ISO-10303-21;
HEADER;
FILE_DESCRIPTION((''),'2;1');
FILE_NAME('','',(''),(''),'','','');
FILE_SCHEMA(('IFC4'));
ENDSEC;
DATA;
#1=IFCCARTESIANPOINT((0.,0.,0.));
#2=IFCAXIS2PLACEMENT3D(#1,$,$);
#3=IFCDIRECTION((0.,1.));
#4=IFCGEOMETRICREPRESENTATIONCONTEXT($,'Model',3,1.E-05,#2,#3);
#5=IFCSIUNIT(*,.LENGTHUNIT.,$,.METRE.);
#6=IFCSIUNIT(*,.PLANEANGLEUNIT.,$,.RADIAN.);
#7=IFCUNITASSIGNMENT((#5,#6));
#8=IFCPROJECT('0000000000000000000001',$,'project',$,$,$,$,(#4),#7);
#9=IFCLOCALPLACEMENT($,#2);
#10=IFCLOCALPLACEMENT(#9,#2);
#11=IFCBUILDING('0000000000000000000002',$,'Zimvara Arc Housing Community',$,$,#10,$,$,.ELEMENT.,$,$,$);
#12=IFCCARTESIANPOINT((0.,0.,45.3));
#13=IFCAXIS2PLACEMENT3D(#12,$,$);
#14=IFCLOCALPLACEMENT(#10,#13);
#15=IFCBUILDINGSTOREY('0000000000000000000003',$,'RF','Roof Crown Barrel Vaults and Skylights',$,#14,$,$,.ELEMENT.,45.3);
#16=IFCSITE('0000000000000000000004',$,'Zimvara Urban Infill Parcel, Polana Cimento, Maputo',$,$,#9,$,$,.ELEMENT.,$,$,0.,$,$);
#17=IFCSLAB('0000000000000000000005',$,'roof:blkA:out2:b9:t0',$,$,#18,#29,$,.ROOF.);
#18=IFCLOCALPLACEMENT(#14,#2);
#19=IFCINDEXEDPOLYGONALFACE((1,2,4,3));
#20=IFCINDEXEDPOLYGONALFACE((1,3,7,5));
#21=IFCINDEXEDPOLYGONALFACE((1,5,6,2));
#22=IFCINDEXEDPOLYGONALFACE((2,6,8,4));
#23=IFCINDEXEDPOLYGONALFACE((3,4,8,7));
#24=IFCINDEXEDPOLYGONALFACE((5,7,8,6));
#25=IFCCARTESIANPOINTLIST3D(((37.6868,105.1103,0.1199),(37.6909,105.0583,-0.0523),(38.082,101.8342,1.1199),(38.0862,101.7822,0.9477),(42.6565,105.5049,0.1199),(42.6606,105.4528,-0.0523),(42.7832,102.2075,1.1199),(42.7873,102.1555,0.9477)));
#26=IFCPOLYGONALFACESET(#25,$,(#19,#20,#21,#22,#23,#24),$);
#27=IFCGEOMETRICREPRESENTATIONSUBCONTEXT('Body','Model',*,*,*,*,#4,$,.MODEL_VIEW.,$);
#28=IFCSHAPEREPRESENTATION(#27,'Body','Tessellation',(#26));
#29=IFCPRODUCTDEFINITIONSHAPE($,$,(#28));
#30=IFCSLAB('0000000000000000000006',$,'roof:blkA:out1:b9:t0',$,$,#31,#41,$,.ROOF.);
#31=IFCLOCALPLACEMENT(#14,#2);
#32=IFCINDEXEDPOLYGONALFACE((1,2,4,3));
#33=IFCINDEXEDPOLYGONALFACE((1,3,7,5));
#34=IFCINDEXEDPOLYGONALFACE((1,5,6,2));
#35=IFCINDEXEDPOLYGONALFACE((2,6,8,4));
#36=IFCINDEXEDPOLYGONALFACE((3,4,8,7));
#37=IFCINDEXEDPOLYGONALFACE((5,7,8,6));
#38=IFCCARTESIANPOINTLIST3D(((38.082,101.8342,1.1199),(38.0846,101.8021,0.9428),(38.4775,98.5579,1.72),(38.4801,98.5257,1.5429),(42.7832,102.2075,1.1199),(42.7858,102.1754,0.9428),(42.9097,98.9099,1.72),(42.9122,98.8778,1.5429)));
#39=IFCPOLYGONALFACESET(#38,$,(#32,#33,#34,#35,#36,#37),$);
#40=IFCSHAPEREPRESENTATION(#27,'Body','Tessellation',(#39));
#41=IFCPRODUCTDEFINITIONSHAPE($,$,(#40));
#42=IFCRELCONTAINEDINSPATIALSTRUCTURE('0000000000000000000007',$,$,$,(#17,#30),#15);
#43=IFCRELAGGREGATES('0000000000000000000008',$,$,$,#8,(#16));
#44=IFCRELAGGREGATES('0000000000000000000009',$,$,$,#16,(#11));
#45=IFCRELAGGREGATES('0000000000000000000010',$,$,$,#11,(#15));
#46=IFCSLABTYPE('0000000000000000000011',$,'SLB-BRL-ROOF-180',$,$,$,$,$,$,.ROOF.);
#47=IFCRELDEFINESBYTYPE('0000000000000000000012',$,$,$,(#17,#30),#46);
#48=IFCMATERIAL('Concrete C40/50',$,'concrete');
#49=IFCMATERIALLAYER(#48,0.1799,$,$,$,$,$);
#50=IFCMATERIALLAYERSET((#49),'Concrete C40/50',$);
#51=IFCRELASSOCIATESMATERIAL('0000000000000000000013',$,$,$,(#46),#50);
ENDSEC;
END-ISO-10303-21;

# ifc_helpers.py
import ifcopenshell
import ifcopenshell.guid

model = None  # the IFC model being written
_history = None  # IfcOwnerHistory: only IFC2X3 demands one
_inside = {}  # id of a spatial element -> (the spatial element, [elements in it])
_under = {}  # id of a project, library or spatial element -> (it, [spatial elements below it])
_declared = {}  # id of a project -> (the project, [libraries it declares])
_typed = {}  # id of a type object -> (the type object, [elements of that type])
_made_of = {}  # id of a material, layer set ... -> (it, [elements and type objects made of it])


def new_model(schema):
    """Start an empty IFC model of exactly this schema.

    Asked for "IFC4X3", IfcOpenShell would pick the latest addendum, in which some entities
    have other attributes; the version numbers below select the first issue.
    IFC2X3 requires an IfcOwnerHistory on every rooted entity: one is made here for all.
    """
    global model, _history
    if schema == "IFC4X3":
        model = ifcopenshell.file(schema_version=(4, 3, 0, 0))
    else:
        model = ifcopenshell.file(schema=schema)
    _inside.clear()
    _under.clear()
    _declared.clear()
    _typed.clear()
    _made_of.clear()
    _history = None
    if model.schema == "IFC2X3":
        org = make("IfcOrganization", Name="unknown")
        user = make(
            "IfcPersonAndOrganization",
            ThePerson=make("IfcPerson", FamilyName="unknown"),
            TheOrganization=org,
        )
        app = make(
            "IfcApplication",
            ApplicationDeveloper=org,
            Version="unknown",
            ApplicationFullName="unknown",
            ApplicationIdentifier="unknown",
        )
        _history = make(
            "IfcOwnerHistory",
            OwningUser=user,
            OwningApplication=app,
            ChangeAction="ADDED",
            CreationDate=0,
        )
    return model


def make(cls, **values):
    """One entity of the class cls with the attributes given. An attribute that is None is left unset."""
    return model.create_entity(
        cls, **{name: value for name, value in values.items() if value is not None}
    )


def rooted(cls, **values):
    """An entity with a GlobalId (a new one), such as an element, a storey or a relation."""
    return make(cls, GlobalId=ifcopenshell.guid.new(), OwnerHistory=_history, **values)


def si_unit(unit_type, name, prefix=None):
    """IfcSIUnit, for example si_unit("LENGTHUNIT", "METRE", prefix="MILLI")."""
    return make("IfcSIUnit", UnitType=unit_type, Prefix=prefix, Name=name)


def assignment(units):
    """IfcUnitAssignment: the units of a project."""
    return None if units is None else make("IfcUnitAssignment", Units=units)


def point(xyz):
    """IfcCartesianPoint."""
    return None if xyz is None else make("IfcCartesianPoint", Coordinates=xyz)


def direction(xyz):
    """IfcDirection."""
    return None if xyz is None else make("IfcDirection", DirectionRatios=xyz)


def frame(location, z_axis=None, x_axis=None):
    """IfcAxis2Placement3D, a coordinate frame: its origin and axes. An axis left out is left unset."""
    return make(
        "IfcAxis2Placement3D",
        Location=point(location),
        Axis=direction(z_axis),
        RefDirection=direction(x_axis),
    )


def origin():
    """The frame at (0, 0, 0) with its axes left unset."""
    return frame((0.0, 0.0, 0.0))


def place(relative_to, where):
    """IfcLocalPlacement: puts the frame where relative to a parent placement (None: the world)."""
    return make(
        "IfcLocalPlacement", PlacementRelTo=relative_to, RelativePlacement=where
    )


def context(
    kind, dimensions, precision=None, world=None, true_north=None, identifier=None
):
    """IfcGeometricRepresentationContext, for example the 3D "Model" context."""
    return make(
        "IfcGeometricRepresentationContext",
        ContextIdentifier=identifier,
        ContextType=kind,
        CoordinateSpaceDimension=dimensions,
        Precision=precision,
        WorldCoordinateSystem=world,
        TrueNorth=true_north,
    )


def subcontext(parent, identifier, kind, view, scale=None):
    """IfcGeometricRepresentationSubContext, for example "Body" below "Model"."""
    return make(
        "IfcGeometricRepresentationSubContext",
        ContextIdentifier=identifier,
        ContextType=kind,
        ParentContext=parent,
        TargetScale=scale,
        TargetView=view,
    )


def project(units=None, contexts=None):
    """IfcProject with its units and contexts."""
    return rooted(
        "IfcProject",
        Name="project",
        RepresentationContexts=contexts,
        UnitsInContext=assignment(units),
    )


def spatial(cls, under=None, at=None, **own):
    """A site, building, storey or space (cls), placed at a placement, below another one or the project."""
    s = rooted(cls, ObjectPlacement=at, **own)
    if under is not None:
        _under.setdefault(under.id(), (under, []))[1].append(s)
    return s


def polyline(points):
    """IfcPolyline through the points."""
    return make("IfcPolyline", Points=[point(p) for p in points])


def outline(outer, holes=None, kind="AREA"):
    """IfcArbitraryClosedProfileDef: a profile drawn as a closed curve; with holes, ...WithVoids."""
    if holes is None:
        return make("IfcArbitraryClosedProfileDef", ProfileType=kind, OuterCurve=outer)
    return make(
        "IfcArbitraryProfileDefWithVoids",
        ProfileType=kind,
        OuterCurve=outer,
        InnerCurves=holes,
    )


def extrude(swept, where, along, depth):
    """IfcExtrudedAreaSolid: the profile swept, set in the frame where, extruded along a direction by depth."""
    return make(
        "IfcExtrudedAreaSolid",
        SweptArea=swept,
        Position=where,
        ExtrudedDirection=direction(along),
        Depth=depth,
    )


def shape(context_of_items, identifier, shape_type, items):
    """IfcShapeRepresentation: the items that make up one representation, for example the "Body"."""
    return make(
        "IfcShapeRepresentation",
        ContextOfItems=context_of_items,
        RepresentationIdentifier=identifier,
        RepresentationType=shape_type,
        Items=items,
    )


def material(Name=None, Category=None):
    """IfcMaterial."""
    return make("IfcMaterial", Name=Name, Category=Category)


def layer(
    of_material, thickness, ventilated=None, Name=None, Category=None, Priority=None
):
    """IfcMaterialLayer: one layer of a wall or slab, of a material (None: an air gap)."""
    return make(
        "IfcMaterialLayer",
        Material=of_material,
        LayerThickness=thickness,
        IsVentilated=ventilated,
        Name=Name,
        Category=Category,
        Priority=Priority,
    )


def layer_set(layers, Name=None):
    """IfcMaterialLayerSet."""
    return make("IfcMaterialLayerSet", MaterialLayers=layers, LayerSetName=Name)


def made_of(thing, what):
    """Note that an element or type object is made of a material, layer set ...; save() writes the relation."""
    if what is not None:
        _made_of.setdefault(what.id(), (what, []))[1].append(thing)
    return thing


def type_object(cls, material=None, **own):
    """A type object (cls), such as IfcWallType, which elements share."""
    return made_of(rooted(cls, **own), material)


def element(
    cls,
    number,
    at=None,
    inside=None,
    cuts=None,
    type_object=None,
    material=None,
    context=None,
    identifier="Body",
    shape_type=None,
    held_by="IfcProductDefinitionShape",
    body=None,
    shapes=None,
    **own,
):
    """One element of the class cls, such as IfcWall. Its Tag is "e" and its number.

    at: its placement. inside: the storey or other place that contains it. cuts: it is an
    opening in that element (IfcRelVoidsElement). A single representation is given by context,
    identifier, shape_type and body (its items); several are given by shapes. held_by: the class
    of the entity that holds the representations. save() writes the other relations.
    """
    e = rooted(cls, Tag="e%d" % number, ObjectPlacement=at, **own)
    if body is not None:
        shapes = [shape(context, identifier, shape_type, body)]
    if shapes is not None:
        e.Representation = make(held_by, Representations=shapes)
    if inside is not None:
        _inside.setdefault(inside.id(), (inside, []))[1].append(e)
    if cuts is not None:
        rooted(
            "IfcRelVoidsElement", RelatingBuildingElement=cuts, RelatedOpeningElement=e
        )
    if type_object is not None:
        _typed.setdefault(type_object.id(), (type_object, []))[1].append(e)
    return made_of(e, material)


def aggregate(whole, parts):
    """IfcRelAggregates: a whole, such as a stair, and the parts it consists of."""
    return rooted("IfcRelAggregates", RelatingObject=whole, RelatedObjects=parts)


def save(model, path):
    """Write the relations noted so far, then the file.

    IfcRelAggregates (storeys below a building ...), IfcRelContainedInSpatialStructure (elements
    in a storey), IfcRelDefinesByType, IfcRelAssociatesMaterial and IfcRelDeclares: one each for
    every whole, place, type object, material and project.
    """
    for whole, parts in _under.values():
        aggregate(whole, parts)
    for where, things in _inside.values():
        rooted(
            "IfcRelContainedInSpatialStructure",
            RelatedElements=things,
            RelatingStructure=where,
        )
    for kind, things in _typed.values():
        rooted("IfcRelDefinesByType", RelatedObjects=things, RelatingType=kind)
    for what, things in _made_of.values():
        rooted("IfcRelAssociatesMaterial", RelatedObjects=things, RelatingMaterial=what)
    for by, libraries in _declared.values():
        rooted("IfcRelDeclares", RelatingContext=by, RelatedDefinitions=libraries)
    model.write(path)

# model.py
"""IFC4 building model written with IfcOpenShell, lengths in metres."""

from ifc_helpers import new_model, si_unit, direction, frame, origin, place, context, subcontext, project, spatial, polyline, outline, extrude, material, layer, layer_set, type_object, element, save


model = new_model("IFC4")

# Units and contexts
model_context = context("Model", 3, precision=1e-05, world=origin(), true_north=direction((0.0, 1.0)))
body_context = subcontext(model_context, "Body", "Model", "MODEL_VIEW")
ifc_project = project(units=[si_unit("LENGTHUNIT", "METRE"), si_unit("PLANEANGLEUNIT", "RADIAN")], contexts=[model_context])

# Site, building, storey
site_placement = place(None, origin())
site = spatial("IfcSite", under=ifc_project, at=site_placement, Name="Zimvara Urban Infill Parcel, Polana Cimento, Maputo", CompositionType="ELEMENT", RefElevation=0.0)
building_placement = place(site_placement, origin())
building = spatial("IfcBuilding", under=site, at=building_placement, Name="Zimvara Arc Housing Community", CompositionType="ELEMENT")
storey_placement = place(building_placement, frame((0.0, 0.0, 45.3)))
storey = spatial("IfcBuildingStorey", under=building, at=storey_placement, Name="RF", Description="Roof Crown Barrel Vaults and Skylights", CompositionType="ELEMENT", Elevation=45.3)

# Slabs
ifc_material_1 = material(Name="Concrete C40/50", Category="concrete")
ifc_layer_1 = layer(ifc_material_1, 0.1799)
ifc_layer_set_1 = layer_set([ifc_layer_1], Name="Concrete C40/50")
slab_type = type_object("IfcSlabType", Name="SLB-BRL-ROOF-180", PredefinedType="ROOF", material=ifc_layer_set_1)
slab_1_placement = place(storey_placement, frame((42.6565, 105.5049, 0.1199), z_axis=(-0.022972, 0.289331, 0.956953), x_axis=(-0.996864, -0.079139, -0.000002)))
element("IfcSlab", 1, at=slab_1_placement, inside=storey, type_object=slab_type, Name="roof:blkA:out2:b9:t0", PredefinedType="ROOF", context=body_context, shape_type="SweptSolid", body=[
    extrude(outline(polyline([(0.0, 0.0), (4.9854, 0.0), (4.8506, 3.4454), (0.1346, 3.4454), (0.0, 0.0)])), origin(), (0.0, 0.0, -1.0), 0.1799),
])
slab_2_placement = place(storey_placement, frame((42.7832, 102.2075, 1.1199), z_axis=(-0.014175, 0.178492, 0.983839), x_axis=(-0.996862, -0.079155, -0.000002)))
element("IfcSlab", 2, at=slab_2_placement, inside=storey, type_object=slab_type, Name="roof:blkA:out1:b9:t0", PredefinedType="ROOF", context=body_context, shape_type="SweptSolid", body=[
    extrude(outline(polyline([(0.0, 0.0), (4.716, 0.0), (4.581, 3.3516), (0.135, 3.3514), (0.0, 0.0)])), origin(), (0.0, 0.0, -1.0), 0.1799),
])

save(model, "model.ifc")
